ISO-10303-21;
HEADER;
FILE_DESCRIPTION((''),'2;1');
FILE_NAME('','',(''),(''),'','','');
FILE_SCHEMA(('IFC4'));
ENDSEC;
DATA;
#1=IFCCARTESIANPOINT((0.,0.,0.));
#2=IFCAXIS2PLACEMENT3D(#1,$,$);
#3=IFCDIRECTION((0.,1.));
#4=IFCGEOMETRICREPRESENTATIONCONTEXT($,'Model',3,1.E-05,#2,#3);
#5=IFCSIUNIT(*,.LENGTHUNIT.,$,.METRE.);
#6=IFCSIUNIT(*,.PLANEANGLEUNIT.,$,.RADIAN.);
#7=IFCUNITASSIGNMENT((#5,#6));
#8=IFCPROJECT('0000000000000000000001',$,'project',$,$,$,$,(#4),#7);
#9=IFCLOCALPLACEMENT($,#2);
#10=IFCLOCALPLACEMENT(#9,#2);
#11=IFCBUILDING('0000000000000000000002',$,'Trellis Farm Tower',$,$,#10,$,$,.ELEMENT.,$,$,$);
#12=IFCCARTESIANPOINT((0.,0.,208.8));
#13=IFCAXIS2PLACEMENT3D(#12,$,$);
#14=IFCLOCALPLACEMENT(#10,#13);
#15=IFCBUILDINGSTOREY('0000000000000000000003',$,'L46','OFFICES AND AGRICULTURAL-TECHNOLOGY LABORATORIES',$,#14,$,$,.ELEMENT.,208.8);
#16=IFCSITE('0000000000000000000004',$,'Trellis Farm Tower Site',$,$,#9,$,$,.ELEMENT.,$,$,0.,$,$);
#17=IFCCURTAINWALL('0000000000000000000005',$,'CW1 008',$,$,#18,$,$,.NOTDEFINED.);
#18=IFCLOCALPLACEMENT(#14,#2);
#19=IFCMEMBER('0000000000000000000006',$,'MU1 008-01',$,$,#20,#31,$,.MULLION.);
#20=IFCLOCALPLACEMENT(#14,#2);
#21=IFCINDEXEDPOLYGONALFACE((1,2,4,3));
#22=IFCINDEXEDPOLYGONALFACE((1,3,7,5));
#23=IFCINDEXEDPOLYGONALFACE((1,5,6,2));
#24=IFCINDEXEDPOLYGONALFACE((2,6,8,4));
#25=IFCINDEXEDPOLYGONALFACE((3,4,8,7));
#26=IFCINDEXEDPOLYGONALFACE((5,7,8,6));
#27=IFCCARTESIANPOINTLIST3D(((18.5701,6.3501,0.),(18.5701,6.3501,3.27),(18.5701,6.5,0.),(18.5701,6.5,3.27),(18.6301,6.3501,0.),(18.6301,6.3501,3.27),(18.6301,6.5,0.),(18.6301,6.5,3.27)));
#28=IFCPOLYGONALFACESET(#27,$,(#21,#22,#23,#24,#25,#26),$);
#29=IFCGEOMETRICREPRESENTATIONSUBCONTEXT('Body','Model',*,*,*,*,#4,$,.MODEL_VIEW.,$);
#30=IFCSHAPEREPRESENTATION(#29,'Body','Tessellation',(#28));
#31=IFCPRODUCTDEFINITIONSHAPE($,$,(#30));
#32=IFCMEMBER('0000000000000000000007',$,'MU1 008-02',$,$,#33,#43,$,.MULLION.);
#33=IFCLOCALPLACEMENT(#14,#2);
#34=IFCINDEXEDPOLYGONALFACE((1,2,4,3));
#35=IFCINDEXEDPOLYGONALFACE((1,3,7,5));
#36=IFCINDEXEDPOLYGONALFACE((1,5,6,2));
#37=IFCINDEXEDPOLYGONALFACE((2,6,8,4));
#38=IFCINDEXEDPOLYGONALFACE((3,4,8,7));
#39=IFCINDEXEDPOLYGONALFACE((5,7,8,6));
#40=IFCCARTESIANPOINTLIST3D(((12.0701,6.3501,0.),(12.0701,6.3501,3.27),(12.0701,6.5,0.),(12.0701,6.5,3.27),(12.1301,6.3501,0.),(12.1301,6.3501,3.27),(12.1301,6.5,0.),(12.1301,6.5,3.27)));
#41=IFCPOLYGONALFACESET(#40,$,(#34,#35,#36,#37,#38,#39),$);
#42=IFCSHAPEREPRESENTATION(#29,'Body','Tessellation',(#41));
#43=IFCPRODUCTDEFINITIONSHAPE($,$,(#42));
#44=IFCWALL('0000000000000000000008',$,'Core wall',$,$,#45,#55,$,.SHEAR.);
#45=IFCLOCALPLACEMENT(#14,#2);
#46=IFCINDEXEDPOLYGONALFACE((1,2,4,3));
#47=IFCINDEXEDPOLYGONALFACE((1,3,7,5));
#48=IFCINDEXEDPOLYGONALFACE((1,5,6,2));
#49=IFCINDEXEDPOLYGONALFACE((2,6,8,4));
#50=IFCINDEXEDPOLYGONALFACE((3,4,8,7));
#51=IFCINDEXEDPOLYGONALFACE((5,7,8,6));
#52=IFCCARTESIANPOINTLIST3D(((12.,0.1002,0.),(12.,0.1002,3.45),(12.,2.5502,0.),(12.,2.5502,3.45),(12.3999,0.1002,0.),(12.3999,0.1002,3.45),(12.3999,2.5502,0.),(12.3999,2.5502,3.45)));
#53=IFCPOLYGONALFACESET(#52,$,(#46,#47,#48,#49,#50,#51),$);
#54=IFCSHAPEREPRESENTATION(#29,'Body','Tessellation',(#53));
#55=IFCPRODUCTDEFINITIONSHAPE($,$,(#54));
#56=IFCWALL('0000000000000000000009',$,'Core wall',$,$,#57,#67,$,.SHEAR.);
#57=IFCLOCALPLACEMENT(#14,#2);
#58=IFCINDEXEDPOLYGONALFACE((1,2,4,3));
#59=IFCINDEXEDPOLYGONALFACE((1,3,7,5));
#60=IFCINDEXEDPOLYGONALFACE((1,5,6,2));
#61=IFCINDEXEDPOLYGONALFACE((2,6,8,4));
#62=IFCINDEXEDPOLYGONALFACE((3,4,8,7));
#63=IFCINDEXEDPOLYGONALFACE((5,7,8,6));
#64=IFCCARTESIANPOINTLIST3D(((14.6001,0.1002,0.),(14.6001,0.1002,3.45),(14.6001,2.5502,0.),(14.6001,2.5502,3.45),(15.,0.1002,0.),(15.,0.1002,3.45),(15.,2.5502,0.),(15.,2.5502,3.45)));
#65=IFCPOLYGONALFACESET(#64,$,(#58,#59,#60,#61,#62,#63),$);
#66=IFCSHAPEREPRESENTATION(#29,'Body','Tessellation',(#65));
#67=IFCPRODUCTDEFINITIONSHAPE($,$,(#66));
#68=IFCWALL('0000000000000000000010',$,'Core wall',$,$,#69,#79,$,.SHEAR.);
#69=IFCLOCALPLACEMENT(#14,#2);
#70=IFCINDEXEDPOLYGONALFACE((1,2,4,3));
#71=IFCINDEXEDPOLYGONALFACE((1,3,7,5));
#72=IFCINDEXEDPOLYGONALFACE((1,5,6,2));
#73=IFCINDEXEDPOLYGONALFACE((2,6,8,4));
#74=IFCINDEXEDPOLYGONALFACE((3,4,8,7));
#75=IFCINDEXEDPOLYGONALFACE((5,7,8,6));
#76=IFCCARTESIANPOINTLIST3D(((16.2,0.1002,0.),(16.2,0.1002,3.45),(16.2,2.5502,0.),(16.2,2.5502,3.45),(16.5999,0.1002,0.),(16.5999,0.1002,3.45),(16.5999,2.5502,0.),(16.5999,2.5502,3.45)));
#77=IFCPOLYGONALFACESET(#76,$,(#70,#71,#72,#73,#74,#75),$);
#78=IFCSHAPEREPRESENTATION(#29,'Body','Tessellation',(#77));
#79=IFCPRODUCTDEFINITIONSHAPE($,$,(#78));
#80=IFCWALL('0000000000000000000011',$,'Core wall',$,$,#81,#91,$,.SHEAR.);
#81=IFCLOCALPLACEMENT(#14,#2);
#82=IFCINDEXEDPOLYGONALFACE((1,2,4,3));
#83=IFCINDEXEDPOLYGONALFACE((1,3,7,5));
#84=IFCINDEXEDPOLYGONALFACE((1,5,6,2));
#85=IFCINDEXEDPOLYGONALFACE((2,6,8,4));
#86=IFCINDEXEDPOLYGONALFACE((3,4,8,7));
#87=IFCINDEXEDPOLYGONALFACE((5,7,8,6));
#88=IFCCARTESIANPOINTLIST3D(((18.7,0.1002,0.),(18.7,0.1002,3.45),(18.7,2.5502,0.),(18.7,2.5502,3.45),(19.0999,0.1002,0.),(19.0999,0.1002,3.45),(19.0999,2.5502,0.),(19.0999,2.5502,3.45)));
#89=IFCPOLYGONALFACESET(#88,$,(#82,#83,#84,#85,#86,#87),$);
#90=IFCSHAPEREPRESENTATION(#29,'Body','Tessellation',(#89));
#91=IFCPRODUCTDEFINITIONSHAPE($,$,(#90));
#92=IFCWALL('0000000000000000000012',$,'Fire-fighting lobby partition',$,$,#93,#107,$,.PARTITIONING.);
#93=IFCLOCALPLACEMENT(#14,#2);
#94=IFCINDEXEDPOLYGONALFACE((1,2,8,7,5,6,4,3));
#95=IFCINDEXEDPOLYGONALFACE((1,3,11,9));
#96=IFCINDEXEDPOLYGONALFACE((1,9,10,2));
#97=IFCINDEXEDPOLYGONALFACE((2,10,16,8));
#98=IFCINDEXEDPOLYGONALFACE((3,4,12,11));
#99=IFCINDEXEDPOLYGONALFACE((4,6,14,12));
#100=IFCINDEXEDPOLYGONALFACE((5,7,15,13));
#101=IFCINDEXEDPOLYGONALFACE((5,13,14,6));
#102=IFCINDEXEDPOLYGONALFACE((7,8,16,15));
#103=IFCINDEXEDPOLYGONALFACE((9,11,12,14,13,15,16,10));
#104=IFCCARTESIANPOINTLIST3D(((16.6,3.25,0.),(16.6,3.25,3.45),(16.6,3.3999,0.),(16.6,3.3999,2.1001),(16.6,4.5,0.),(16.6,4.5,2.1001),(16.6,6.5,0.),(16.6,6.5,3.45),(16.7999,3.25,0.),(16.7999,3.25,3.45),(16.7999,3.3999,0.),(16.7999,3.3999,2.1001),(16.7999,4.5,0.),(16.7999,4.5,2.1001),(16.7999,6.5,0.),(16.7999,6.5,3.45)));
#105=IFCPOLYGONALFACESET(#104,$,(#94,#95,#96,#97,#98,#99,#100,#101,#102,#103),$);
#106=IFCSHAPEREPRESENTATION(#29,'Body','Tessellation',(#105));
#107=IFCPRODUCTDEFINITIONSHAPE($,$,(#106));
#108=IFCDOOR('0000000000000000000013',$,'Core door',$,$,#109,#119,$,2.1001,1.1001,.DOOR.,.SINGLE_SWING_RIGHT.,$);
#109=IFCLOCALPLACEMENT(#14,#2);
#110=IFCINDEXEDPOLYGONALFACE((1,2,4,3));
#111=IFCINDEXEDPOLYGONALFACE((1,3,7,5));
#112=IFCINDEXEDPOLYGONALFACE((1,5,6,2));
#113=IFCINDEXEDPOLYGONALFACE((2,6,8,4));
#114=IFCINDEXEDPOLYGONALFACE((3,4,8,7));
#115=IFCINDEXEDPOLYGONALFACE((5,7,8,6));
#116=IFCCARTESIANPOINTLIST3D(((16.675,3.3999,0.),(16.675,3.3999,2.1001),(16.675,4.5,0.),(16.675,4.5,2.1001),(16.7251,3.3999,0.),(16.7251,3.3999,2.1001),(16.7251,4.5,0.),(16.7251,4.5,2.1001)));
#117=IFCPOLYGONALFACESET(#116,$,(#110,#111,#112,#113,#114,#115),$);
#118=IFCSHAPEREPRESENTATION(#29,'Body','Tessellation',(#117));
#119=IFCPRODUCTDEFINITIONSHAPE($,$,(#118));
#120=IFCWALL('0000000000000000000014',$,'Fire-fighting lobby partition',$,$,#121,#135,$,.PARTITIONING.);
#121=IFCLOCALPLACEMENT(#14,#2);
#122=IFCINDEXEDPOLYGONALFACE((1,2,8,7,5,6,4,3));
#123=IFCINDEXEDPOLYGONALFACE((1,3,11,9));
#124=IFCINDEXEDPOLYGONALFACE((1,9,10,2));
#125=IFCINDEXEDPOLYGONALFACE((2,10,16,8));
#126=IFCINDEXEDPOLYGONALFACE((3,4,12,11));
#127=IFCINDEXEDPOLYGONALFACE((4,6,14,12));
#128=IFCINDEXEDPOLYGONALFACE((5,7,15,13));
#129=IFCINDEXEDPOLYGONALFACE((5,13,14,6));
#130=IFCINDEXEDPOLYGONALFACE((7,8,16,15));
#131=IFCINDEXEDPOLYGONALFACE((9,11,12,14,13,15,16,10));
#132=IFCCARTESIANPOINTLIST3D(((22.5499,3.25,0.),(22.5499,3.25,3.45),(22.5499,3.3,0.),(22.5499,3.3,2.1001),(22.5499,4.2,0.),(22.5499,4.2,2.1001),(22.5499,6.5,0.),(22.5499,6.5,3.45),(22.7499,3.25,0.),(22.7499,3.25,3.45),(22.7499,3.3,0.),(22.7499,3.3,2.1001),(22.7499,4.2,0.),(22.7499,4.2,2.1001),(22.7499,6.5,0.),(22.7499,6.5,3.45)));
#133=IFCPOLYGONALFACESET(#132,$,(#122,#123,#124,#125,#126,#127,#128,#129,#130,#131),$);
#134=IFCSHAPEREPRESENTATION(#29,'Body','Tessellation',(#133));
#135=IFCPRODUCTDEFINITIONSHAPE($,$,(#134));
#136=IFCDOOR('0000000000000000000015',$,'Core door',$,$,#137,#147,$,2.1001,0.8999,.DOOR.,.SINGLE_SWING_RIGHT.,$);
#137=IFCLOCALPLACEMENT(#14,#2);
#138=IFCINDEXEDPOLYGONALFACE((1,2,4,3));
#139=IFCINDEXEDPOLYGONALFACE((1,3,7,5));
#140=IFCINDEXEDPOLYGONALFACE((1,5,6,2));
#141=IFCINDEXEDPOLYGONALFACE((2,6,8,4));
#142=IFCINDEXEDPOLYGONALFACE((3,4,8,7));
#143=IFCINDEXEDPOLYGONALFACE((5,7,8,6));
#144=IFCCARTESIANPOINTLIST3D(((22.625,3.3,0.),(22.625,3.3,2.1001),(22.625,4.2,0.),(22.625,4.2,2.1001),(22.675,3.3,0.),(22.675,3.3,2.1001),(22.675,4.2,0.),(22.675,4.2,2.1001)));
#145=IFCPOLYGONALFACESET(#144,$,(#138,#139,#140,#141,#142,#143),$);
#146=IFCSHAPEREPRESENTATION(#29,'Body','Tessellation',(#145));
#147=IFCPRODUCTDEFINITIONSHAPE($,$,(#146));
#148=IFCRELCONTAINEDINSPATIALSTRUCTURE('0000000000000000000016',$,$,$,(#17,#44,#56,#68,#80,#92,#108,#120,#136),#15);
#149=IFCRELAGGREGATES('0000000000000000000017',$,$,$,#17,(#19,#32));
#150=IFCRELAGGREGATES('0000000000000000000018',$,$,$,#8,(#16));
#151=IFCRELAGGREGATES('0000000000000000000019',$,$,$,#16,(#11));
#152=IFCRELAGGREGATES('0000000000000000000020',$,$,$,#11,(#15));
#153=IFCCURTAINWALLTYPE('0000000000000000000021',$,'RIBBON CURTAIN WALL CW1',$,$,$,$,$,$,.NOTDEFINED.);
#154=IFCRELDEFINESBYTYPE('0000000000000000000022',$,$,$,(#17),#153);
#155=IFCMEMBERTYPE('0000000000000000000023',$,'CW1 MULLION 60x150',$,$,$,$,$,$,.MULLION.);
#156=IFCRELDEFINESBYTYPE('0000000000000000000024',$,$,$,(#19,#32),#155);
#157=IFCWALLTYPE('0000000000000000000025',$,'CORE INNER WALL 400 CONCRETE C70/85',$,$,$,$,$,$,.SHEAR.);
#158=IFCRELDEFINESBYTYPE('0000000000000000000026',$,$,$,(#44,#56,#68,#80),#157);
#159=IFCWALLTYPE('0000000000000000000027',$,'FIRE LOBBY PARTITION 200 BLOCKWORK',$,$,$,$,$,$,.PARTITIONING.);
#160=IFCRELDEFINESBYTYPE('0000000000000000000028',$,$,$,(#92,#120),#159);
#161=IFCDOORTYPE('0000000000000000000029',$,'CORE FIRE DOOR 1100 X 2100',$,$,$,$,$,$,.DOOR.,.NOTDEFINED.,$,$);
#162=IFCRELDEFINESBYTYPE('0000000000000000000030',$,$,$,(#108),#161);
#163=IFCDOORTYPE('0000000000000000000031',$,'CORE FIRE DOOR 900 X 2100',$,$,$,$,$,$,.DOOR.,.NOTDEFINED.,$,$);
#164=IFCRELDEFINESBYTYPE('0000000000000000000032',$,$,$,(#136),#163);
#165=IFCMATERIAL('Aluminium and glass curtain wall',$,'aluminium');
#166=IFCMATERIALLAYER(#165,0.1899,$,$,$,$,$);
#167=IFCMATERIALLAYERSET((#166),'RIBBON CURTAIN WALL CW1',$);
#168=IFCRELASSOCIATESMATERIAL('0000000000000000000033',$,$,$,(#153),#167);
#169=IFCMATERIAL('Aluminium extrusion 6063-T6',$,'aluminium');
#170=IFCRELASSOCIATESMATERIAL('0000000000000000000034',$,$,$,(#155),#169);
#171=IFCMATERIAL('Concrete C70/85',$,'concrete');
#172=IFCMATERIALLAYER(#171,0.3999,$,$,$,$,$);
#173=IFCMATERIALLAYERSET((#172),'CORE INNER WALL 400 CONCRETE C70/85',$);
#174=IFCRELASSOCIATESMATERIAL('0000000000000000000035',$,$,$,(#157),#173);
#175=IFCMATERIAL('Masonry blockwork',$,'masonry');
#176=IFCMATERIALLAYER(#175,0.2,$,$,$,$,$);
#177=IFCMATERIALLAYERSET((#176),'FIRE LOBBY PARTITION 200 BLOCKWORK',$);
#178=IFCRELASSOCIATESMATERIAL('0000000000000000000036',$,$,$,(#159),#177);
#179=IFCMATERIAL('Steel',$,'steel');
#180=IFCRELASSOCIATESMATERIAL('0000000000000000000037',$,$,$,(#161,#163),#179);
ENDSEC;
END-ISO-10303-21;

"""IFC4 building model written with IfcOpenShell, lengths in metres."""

from ifc_helpers import new_model, si_unit, direction, frame, frame_2d, origin, origin_2d, place, context, subcontext, project, spatial, rectangle, extrude, source, transform, mapped, material, layer, layer_set, material_profile, profile_set, type_object, element, fill, aggregate, save


model = new_model("IFC4")

# Units and contexts
model_context = context("Model", 3, precision=1e-05, world=origin(), true_north=direction((0.0, 1.0)))
body_context = subcontext(model_context, "Body", "Model", "MODEL_VIEW")
ifc_project = project(units=[si_unit("LENGTHUNIT", "METRE"), si_unit("PLANEANGLEUNIT", "RADIAN")], contexts=[model_context])

# Site, building, storey
site_placement = place(None, origin())
site = spatial("IfcSite", under=ifc_project, at=site_placement, Name="Trellis Farm Tower Site", CompositionType="ELEMENT", RefElevation=0.0)
building_placement = place(site_placement, origin())
building = spatial("IfcBuilding", under=site, at=building_placement, Name="Trellis Farm Tower", CompositionType="ELEMENT")
storey_placement = place(building_placement, frame((0.0, 0.0, 208.8)))
storey = spatial("IfcBuildingStorey", under=building, at=storey_placement, Name="L46", Description="OFFICES AND AGRICULTURAL-TECHNOLOGY LABORATORIES", CompositionType="ELEMENT", Elevation=208.8)

# Shared definitions
ifc_material_1 = material(Name="Concrete C70/85", Category="concrete")

# Curtain wall, members
ifc_material_2 = material(Name="Aluminium and glass curtain wall", Category="aluminium")
ifc_layer_1 = layer(ifc_material_2, 0.1899)
ifc_layer_set_1 = layer_set([ifc_layer_1], Name="RIBBON CURTAIN WALL CW1")
curtain_wall_type = type_object("IfcCurtainWallType", Name="RIBBON CURTAIN WALL CW1", PredefinedType="NOTDEFINED", material=ifc_layer_set_1)
placement = place(storey_placement, origin())
ifc_material_3 = material(Name="Aluminium extrusion 6063-T6", Category="aluminium")
ifc_material_profile_1 = material_profile(ifc_material_3, rectangle(XDim=0.0601, YDim=0.1499, at=origin_2d()), Name="MULLION 60x150")
ifc_profile_set_1 = profile_set([ifc_material_profile_1], Name="Aluminium extrusion 6063-T6")
member_type = type_object("IfcMemberType", Name="CW1 MULLION 60x150", PredefinedType="MULLION", material=ifc_profile_set_1)
shared_shape_1 = source(origin(), body_context, "Body", "SweptSolid", [
    extrude(rectangle(XDim=0.0601, YDim=0.1499, at=origin_2d()), origin(), (0.0, 0.0, 1.0), 3.27),
])
curtain_wall_1 = element("IfcCurtainWall", 1, at=placement, inside=storey, type_object=curtain_wall_type, Name="CW1 008", PredefinedType="NOTDEFINED")
member_1_placement = place(storey_placement, frame((18.6001, 6.425, 0.0), z_axis=(0.0, 0.0, 1.0), x_axis=(-1.0, 0.0, 0.0)))
member_1 = element("IfcMember", 2, at=member_1_placement, type_object=member_type, Name="MU1 008-01", PredefinedType="MULLION", context=body_context, shape_type="MappedRepresentation", body=[
    mapped(shared_shape_1, transform((0.0, 0.0, 0.0))),
])
member_2_placement = place(storey_placement, frame((12.1001, 6.425, 0.0), z_axis=(0.0, 0.0, 1.0), x_axis=(-1.0, 0.0, 0.0)))
member_2 = element("IfcMember", 3, at=member_2_placement, type_object=member_type, Name="MU1 008-02", PredefinedType="MULLION", context=body_context, shape_type="MappedRepresentation", body=[
    mapped(shared_shape_1, transform((0.0, 0.0, 0.0))),
])
aggregate(curtain_wall_1, [member_1, member_2])

# Walls
ifc_layer_2 = layer(ifc_material_1, 0.3999)
ifc_layer_set_2 = layer_set([ifc_layer_2], Name="CORE INNER WALL 400 CONCRETE C70/85")
wall_type_1 = type_object("IfcWallType", Name="CORE INNER WALL 400 CONCRETE C70/85", PredefinedType="SHEAR", material=ifc_layer_set_2)
shared_shape_2 = source(origin(), body_context, "Body", "SweptSolid", [
    extrude(rectangle(XDim=2.45, YDim=0.3999, at=frame_2d((1.2251, 0.0))), origin(), (0.0, 0.0, 1.0), 3.45),
])
for number, where, z_axis, x_axis, name in (
    (4, (12.2, 0.1001, 0.0), (0.0, 0.0, 1.0), (0.0, 1.0, 0.0), "Core wall"),
    (5, (14.8, 0.1001, 0.0), (0.0, 0.0, 1.0), (0.0, 1.0, 0.0), "Core wall"),
    (6, (16.3999, 0.1001, 0.0), (0.0, 0.0, 1.0), (0.0, 1.0, 0.0), "Core wall"),
    (7, (18.8999, 0.1001, 0.0), (0.0, 0.0, 1.0), (0.0, 1.0, 0.0), "Core wall"),
):
    element("IfcWall", number, at=place(storey_placement, frame(where, z_axis=z_axis, x_axis=x_axis)), inside=storey, type_object=wall_type_1, Name=name, PredefinedType="SHEAR", context=body_context, shape_type="MappedRepresentation", body=[
        mapped(shared_shape_2, transform((0.0, 0.0, 0.0))),
    ])

# Walls, openings, doors
ifc_material_4 = material(Name="Masonry blockwork", Category="masonry")
ifc_layer_3 = layer(ifc_material_4, 0.2)
ifc_layer_set_3 = layer_set([ifc_layer_3], Name="FIRE LOBBY PARTITION 200 BLOCKWORK")
wall_type_2 = type_object("IfcWallType", Name="FIRE LOBBY PARTITION 200 BLOCKWORK", PredefinedType="PARTITIONING", material=ifc_layer_set_3)
shared_shape_3 = source(origin(), body_context, "Body", "SweptSolid", [
    extrude(rectangle(XDim=3.25, YDim=0.2, at=frame_2d((1.625, 0.0))), origin(), (0.0, 0.0, 1.0), 3.45),
])
wall_1_placement = place(storey_placement, frame((16.7, 3.25, 0.0), z_axis=(0.0, 0.0, 1.0), x_axis=(0.0, 1.0, 0.0)))
wall_1 = element("IfcWall", 8, at=wall_1_placement, inside=storey, type_object=wall_type_2, Name="Fire-fighting lobby partition", PredefinedType="PARTITIONING", context=body_context, shape_type="MappedRepresentation", body=[
    mapped(shared_shape_3, transform((0.0, 0.0, 0.0))),
])
shared_shape_4 = source(origin(), body_context, "Body", "SweptSolid", [
    extrude(rectangle(XDim=1.1001, YDim=2.1001, at=frame_2d((0.55, 1.05))), frame((0.0, 0.1101, 0.0), z_axis=(0.0, -1.0, 0.0), x_axis=(1.0, 0.0, 0.0)), (0.0, 0.0, 1.0), 0.2202),
])
opening_1_placement = place(wall_1_placement, frame((0.1499, 0.0, 0.0)))
opening_1 = element("IfcOpeningElement", 9, at=opening_1_placement, cuts=wall_1, PredefinedType="OPENING", context=body_context, shape_type="MappedRepresentation", body=[
    mapped(shared_shape_4, transform((0.0, 0.0, 0.0))),
])
ifc_material_5 = material(Name="Steel", Category="steel")
door_type_1 = type_object("IfcDoorType", Name="CORE FIRE DOOR 1100 X 2100", OperationType="NOTDEFINED", PredefinedType="DOOR", material=ifc_material_5)
shared_shape_5 = source(origin(), body_context, "Body", "SweptSolid", [
    extrude(rectangle(XDim=1.1001, YDim=2.1001, at=frame_2d((0.55, 1.05))), frame((0.0, 0.0249, 0.0), z_axis=(0.0, -1.0, 0.0), x_axis=(1.0, 0.0, 0.0)), (0.0, 0.0, 1.0), 0.05),
])
door_1_placement = place(opening_1_placement, origin())
door_1 = element("IfcDoor", 10, at=door_1_placement, inside=storey, type_object=door_type_1, Name="Core door", OperationType="SINGLE_SWING_RIGHT", OverallHeight=2.1001, OverallWidth=1.1001, PredefinedType="DOOR", context=body_context, shape_type="MappedRepresentation", body=[
    mapped(shared_shape_5, transform((0.0, 0.0, 0.0))),
])
fill(opening_1, door_1)
wall_2_placement = place(storey_placement, frame((22.6499, 3.25, 0.0), z_axis=(0.0, 0.0, 1.0), x_axis=(0.0, 1.0, 0.0)))
wall_2 = element("IfcWall", 11, at=wall_2_placement, inside=storey, type_object=wall_type_2, Name="Fire-fighting lobby partition", PredefinedType="PARTITIONING", context=body_context, shape_type="MappedRepresentation", body=[
    mapped(shared_shape_3, transform((0.0, 0.0, 0.0))),
])
shared_shape_6 = source(origin(), body_context, "Body", "SweptSolid", [
    extrude(rectangle(XDim=0.8999, YDim=2.1001, at=frame_2d((0.45, 1.05))), frame((0.0, 0.1101, 0.0), z_axis=(0.0, -1.0, 0.0), x_axis=(1.0, 0.0, 0.0)), (0.0, 0.0, 1.0), 0.2202),
])
opening_2_placement = place(wall_2_placement, frame((0.05, 0.0, 0.0)))
opening_2 = element("IfcOpeningElement", 12, at=opening_2_placement, cuts=wall_2, PredefinedType="OPENING", context=body_context, shape_type="MappedRepresentation", body=[
    mapped(shared_shape_6, transform((0.0, 0.0, 0.0))),
])
door_type_2 = type_object("IfcDoorType", Name="CORE FIRE DOOR 900 X 2100", OperationType="NOTDEFINED", PredefinedType="DOOR", material=ifc_material_5)
shared_shape_7 = source(origin(), body_context, "Body", "SweptSolid", [
    extrude(rectangle(XDim=0.8999, YDim=2.1001, at=frame_2d((0.45, 1.05))), frame((0.0, 0.0249, 0.0), z_axis=(0.0, -1.0, 0.0), x_axis=(1.0, 0.0, 0.0)), (0.0, 0.0, 1.0), 0.05),
])
door_2_placement = place(opening_2_placement, origin())
door_2 = element("IfcDoor", 13, at=door_2_placement, inside=storey, type_object=door_type_2, Name="Core door", OperationType="SINGLE_SWING_RIGHT", OverallHeight=2.1001, OverallWidth=0.8999, PredefinedType="DOOR", context=body_context, shape_type="MappedRepresentation", body=[
    mapped(shared_shape_7, transform((0.0, 0.0, 0.0))),
])
fill(opening_2, door_2)

save(model, "model.ifc")
